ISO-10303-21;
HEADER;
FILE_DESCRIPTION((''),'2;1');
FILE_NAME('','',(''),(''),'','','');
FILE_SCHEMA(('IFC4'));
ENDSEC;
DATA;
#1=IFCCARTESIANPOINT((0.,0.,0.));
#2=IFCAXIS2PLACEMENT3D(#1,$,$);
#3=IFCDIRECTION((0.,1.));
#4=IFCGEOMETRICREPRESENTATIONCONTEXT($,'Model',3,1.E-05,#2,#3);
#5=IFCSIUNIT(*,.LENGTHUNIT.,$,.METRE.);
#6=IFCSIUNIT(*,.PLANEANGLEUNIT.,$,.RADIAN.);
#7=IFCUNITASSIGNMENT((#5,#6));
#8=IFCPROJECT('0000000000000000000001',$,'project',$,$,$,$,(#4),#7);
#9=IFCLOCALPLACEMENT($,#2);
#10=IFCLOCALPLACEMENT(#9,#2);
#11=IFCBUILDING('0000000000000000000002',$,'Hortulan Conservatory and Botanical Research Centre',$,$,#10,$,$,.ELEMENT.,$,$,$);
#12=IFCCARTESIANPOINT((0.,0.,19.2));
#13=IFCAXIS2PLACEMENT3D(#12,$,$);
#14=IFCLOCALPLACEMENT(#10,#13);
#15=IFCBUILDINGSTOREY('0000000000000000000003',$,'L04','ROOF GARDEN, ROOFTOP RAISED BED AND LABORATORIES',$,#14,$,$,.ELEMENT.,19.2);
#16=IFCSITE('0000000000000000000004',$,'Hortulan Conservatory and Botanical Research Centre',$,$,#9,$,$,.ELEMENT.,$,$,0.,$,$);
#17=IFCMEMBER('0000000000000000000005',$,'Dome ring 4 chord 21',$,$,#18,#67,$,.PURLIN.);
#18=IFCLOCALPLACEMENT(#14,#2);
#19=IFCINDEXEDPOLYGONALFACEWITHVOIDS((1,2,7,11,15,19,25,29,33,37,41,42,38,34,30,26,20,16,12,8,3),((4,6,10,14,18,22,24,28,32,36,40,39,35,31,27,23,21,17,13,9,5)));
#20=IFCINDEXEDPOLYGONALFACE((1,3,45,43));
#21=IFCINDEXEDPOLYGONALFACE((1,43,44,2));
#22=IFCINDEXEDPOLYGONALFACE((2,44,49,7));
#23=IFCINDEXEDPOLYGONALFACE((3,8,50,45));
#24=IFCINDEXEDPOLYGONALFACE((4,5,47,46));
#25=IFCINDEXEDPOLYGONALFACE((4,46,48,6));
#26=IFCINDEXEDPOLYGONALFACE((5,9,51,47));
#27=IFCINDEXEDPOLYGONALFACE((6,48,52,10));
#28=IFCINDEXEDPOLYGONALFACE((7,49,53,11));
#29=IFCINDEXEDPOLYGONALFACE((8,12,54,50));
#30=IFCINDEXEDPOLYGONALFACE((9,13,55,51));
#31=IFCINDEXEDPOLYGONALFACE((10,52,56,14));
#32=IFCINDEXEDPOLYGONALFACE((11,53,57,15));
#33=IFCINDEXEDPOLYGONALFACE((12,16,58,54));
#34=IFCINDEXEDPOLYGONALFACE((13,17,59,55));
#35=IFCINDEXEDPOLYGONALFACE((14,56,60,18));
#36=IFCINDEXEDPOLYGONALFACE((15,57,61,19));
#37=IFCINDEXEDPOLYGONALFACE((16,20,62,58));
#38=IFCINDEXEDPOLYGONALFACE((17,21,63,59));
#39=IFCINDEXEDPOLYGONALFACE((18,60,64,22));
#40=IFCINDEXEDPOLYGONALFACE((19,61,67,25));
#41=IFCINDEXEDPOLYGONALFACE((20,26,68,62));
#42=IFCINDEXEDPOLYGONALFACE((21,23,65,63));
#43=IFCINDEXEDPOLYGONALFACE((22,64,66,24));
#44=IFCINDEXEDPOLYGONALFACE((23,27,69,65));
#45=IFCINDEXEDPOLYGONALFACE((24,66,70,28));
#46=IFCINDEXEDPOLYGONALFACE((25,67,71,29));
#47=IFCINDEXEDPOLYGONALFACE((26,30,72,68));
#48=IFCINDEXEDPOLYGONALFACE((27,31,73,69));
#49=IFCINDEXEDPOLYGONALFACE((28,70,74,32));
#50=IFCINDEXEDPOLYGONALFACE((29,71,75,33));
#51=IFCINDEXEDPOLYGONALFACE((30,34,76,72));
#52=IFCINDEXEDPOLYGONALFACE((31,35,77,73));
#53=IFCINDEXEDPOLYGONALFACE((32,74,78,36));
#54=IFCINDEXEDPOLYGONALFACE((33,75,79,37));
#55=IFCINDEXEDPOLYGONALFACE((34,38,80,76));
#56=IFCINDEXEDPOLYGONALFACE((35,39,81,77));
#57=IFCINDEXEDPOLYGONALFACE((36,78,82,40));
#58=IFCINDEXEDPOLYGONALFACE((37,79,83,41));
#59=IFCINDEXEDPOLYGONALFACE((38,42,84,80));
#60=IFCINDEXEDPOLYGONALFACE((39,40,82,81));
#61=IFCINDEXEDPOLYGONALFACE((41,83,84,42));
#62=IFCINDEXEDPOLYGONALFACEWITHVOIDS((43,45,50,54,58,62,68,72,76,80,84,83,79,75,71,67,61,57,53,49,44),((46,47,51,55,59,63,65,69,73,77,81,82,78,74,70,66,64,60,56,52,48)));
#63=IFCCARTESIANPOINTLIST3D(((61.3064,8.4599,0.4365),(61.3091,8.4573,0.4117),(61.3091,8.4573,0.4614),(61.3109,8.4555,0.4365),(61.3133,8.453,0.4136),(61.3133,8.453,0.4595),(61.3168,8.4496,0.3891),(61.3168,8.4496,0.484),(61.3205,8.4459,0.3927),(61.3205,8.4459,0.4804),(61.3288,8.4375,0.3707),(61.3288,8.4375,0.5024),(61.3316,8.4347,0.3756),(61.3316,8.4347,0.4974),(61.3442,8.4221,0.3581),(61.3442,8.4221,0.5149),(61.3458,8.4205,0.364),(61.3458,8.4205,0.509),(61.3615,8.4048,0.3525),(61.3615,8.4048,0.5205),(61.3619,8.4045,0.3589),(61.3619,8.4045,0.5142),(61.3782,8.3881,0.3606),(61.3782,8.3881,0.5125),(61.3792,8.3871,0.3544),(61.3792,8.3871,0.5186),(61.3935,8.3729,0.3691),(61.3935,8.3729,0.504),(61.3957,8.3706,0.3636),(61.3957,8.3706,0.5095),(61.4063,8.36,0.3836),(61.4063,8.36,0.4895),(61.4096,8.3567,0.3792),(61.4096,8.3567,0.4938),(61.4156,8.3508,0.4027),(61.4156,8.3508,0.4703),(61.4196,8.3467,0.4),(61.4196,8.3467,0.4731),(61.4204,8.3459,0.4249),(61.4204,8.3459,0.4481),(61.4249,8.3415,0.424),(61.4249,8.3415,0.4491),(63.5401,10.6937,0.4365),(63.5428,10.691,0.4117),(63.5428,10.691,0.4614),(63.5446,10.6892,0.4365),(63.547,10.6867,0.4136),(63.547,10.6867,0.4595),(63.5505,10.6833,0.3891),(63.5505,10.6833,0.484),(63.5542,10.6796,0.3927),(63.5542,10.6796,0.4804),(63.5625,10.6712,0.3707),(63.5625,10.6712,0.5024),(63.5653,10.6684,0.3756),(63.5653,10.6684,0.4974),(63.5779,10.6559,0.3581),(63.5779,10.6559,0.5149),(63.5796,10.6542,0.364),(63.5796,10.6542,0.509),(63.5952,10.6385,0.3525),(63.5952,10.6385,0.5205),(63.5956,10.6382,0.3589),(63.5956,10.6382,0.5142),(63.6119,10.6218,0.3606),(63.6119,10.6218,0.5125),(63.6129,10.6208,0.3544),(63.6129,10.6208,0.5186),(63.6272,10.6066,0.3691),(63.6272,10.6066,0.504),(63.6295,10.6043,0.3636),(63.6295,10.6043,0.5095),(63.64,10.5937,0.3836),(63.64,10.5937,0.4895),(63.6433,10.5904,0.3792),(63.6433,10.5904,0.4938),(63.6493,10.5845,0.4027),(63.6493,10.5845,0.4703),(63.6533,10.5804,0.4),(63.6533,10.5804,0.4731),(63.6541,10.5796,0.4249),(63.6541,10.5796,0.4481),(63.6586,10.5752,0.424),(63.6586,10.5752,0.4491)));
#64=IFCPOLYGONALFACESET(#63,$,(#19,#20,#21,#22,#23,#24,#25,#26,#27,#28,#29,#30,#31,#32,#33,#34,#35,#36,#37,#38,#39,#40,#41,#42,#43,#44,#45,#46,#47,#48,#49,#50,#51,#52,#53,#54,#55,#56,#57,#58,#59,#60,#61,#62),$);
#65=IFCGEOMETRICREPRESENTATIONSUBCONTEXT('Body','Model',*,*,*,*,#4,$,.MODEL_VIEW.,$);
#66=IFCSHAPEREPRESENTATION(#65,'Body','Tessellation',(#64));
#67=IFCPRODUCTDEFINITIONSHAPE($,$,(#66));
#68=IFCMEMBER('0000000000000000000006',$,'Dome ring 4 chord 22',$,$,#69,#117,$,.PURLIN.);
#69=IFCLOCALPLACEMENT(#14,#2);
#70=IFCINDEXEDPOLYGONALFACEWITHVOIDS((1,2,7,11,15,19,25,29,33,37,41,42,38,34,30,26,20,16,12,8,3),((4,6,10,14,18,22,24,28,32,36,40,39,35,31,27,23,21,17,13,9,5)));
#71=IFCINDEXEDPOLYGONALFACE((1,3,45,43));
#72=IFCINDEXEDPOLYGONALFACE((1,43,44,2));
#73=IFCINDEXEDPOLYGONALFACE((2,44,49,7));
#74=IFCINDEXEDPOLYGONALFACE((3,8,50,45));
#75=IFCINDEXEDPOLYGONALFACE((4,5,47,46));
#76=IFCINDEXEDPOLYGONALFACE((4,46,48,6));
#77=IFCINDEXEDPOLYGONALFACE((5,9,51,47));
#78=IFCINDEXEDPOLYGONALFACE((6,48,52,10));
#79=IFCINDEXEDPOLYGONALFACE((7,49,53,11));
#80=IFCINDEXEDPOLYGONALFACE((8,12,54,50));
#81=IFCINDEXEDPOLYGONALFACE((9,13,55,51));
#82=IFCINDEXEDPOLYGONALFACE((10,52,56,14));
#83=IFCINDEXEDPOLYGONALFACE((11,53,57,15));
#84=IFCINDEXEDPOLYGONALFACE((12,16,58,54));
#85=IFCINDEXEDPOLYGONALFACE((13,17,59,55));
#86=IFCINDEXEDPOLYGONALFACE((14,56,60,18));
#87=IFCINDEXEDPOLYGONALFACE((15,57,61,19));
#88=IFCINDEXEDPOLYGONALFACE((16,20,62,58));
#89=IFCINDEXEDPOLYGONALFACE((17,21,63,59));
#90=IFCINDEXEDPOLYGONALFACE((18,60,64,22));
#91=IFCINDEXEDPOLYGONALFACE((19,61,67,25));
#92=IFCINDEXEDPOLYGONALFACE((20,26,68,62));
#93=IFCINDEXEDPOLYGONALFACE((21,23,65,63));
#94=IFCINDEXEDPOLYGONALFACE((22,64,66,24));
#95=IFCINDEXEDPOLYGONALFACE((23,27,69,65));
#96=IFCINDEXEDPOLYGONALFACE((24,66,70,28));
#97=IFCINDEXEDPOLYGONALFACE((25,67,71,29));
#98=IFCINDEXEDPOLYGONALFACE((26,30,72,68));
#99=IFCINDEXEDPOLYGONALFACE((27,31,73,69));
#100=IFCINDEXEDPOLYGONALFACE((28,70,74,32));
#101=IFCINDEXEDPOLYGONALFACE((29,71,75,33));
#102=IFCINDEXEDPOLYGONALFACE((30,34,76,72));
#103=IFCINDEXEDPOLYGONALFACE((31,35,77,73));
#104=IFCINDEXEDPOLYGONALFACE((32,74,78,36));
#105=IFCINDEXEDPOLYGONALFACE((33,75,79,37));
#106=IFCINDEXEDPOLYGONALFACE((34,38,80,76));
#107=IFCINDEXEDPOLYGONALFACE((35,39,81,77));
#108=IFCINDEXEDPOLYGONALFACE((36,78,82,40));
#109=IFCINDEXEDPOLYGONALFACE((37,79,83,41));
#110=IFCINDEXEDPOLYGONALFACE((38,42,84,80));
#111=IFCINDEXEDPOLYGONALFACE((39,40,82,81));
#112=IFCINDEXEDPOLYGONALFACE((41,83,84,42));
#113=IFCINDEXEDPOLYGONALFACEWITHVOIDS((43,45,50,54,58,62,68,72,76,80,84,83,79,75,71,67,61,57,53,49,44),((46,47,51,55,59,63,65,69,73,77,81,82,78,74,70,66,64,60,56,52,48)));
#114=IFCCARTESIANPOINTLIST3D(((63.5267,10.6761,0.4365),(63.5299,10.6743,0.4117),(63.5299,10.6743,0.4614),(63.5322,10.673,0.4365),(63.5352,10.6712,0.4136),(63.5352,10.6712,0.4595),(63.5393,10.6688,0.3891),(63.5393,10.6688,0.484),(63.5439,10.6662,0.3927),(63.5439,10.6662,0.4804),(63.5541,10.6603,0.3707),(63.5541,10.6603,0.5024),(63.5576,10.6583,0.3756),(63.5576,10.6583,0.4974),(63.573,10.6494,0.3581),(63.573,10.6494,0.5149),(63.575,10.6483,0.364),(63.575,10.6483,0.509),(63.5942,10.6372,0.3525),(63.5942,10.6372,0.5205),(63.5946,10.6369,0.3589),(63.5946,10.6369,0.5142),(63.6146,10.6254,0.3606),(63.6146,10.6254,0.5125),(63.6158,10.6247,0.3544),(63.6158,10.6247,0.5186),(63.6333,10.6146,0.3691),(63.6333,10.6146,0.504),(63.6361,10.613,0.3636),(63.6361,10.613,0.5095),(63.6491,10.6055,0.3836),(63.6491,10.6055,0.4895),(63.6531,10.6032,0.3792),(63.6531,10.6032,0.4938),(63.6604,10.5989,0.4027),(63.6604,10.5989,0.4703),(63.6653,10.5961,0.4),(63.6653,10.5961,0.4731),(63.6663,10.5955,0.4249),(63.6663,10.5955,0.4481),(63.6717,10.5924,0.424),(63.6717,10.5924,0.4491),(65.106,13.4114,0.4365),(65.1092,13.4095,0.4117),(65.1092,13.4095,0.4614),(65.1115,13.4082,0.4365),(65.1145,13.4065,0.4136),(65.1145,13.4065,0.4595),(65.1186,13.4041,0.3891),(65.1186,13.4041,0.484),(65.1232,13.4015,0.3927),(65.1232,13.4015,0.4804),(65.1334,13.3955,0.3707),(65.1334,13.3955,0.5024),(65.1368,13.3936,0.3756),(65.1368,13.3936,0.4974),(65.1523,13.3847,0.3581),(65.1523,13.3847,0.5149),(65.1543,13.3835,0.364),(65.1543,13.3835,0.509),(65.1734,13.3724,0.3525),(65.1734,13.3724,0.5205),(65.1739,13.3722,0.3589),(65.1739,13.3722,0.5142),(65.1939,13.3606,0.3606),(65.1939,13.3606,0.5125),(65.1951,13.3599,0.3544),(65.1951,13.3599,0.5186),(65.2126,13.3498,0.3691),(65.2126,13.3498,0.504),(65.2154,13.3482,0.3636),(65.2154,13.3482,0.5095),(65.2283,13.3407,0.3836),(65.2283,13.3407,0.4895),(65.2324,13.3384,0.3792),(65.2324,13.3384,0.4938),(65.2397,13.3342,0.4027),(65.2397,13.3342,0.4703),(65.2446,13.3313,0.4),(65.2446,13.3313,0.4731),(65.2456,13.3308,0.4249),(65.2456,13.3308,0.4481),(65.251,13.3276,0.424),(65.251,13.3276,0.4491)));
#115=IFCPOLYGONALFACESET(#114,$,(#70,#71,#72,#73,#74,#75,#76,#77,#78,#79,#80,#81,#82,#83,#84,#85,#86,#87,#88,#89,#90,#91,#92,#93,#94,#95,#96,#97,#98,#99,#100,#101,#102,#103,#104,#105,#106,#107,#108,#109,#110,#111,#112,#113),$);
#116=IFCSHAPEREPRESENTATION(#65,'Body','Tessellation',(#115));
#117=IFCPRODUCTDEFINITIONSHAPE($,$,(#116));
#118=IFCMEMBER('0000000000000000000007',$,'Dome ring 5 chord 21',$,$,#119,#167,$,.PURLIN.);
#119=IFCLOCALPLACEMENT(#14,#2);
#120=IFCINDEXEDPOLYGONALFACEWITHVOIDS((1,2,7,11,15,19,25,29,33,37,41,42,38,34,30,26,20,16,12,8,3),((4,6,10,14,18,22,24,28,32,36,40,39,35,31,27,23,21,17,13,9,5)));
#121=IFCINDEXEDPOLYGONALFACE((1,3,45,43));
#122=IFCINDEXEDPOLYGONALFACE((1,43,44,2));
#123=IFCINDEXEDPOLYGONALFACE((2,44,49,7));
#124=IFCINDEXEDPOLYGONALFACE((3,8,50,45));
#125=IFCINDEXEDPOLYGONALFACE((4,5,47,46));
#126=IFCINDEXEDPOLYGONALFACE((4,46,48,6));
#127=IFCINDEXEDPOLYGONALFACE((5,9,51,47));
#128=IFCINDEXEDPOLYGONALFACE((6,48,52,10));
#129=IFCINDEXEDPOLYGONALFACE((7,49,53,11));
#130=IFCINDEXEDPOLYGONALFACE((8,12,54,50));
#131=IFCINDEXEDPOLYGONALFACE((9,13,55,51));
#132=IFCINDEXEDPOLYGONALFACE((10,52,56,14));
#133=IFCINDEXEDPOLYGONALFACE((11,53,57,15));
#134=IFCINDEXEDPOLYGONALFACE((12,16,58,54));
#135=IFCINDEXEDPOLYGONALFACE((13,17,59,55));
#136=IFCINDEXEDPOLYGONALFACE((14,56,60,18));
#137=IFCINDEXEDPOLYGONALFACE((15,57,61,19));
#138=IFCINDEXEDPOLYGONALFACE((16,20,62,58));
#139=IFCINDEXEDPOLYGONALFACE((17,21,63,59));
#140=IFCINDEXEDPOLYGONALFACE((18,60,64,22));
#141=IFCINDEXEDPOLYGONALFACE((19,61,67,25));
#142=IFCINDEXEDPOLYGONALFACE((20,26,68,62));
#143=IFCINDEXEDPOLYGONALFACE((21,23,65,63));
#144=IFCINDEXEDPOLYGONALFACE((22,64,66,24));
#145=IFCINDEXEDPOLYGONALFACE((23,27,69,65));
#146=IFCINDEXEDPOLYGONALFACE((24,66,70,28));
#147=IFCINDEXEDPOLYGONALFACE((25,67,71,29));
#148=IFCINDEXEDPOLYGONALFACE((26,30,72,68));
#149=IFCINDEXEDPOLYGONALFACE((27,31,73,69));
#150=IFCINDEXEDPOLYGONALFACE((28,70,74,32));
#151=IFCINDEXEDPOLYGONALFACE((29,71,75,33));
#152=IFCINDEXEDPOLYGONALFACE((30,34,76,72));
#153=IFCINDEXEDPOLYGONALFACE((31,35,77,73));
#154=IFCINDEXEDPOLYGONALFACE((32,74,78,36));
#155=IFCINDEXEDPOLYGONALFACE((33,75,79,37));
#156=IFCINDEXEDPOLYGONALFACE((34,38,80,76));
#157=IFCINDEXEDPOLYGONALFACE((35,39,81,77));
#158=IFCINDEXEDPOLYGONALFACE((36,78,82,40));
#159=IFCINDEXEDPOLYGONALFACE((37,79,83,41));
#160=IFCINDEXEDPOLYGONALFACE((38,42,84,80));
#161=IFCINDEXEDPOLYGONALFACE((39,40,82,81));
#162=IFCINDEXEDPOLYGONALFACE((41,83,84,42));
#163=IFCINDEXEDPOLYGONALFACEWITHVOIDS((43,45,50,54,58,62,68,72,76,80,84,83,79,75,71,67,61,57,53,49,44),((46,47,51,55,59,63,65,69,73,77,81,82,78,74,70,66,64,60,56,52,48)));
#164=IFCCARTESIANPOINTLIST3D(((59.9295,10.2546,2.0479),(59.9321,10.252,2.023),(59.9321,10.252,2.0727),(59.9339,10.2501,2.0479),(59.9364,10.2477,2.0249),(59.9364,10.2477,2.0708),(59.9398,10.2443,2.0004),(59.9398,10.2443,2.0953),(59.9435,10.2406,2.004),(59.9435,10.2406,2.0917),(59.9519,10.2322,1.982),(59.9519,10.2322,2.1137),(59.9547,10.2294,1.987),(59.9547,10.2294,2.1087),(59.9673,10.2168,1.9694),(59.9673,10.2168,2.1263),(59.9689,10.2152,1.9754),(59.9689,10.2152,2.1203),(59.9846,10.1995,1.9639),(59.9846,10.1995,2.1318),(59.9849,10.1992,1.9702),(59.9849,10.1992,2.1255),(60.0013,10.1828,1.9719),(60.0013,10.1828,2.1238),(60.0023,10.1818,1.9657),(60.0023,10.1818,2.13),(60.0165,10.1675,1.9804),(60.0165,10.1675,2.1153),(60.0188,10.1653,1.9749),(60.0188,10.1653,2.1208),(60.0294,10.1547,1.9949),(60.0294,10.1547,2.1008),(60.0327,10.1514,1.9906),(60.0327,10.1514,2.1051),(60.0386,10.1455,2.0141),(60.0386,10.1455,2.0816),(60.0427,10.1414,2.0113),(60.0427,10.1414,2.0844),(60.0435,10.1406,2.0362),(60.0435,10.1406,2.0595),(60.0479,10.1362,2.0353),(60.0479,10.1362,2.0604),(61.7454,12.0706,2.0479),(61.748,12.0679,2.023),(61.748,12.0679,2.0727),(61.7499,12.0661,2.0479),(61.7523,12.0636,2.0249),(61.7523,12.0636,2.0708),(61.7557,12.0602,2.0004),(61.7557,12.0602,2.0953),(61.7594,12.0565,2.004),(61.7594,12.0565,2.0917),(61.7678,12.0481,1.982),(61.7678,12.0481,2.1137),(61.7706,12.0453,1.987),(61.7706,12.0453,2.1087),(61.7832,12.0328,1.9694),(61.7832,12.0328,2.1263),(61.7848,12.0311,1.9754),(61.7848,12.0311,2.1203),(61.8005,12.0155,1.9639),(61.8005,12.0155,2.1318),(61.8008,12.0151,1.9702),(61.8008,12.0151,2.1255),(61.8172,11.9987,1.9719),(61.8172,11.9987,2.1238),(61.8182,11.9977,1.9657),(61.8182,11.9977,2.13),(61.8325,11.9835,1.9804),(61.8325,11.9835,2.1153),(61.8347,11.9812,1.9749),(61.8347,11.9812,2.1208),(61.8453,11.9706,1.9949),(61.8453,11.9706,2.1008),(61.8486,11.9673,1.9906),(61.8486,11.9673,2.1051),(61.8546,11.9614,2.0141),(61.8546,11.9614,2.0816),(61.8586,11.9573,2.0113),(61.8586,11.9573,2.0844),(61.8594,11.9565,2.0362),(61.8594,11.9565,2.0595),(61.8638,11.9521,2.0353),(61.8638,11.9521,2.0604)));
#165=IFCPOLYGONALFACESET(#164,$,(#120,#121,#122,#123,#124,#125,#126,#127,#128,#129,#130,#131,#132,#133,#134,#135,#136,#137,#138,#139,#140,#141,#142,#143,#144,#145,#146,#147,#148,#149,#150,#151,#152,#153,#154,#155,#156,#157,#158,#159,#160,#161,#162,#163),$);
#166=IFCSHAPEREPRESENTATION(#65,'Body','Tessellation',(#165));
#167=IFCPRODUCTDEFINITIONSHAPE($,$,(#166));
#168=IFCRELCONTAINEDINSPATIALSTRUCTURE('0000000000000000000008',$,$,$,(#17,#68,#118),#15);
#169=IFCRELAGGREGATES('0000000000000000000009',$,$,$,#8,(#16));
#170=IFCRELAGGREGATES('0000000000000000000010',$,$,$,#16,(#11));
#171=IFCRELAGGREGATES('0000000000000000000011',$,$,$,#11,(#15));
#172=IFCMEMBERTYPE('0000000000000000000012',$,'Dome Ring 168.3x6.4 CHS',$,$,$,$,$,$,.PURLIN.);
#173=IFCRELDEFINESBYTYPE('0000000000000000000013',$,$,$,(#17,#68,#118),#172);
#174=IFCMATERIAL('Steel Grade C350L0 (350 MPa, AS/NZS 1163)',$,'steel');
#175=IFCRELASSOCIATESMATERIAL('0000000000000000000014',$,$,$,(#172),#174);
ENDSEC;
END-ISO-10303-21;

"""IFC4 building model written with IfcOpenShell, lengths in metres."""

from ifc_helpers import new_model, si_unit, direction, frame, origin, origin_2d, place, context, subcontext, project, spatial, hollow_circle, extrude, material, material_profile, profile_set, type_object, element, save


model = new_model("IFC4")

# Units and contexts
model_context = context("Model", 3, precision=1e-05, world=origin(), true_north=direction((0.0, 1.0)))
body_context = subcontext(model_context, "Body", "Model", "MODEL_VIEW")
ifc_project = project(units=[si_unit("LENGTHUNIT", "METRE"), si_unit("PLANEANGLEUNIT", "RADIAN")], contexts=[model_context])

# Site, building, storey
site_placement = place(None, origin())
site = spatial("IfcSite", under=ifc_project, at=site_placement, Name="Hortulan Conservatory and Botanical Research Centre", CompositionType="ELEMENT", RefElevation=0.0)
building_placement = place(site_placement, origin())
building = spatial("IfcBuilding", under=site, at=building_placement, Name="Hortulan Conservatory and Botanical Research Centre", CompositionType="ELEMENT")
storey_placement = place(building_placement, frame((0.0, 0.0, 19.2)))
storey = spatial("IfcBuildingStorey", under=building, at=storey_placement, Name="L04", Description="ROOF GARDEN, ROOFTOP RAISED BED AND LABORATORIES", CompositionType="ELEMENT", Elevation=19.2)

# Shared definitions
ifc_material_1 = material(Name="Steel Grade C350L0 (350 MPa, AS/NZS 1163)", Category="steel")

# Members
ifc_material_profile_1 = material_profile(ifc_material_1, hollow_circle(Radius=0.0842, WallThickness=0.0063, at=origin_2d()), Name="168.3x6.4CHS")
ifc_profile_set_1 = profile_set([ifc_material_profile_1], Name="Steel Grade C350L0 (350 MPa, AS/NZS 1163)")
member_type_1 = type_object("IfcMemberType", Name="Dome Ring 168.3x6.4 CHS", PredefinedType="PURLIN", material=ifc_profile_set_1)
member_1_placement = place(storey_placement, frame((61.366, 8.4004, 0.4365), z_axis=(0.707107, 0.707107, 0.0), x_axis=(-0.707107, 0.707107, 0.0)))
element("IfcMember", 1, at=member_1_placement, inside=storey, type_object=member_type_1, Name="Dome ring 4 chord 21", PredefinedType="PURLIN", context=body_context, shape_type="SweptSolid", body=[
    extrude(hollow_circle(Radius=0.0842, WallThickness=0.0063, at=origin_2d()), origin(), (0.0, 0.0, 1.0), 3.1589),
])
member_2_placement = place(storey_placement, frame((63.5996, 10.634, 0.4365), z_axis=(0.500021, 0.866013, 0.0), x_axis=(-0.866013, 0.500021, 0.0)))
element("IfcMember", 2, at=member_2_placement, inside=storey, type_object=member_type_1, Name="Dome ring 4 chord 22", PredefinedType="PURLIN", context=body_context, shape_type="SweptSolid", body=[
    extrude(hollow_circle(Radius=0.0842, WallThickness=0.0063, at=origin_2d()), origin(), (0.0, 0.0, 1.0), 3.1584),
])
for number, where, z_axis, x_axis, name in (
    (3, (59.989, 10.1951, 2.0479), (0.707107, 0.707107, 0.0), (-0.707107, 0.707107, 0.0), "Dome ring 5 chord 21"),
):
    element("IfcMember", number, at=place(storey_placement, frame(where, z_axis=z_axis, x_axis=x_axis)), inside=storey, type_object=member_type_1, Name=name, PredefinedType="PURLIN", context=body_context, shape_type="SweptSolid", body=[
        extrude(hollow_circle(Radius=0.0842, WallThickness=0.0063, at=origin_2d()), origin(), (0.0, 0.0, 1.0), 2.5681),
    ])

save(model, "model.ifc")
